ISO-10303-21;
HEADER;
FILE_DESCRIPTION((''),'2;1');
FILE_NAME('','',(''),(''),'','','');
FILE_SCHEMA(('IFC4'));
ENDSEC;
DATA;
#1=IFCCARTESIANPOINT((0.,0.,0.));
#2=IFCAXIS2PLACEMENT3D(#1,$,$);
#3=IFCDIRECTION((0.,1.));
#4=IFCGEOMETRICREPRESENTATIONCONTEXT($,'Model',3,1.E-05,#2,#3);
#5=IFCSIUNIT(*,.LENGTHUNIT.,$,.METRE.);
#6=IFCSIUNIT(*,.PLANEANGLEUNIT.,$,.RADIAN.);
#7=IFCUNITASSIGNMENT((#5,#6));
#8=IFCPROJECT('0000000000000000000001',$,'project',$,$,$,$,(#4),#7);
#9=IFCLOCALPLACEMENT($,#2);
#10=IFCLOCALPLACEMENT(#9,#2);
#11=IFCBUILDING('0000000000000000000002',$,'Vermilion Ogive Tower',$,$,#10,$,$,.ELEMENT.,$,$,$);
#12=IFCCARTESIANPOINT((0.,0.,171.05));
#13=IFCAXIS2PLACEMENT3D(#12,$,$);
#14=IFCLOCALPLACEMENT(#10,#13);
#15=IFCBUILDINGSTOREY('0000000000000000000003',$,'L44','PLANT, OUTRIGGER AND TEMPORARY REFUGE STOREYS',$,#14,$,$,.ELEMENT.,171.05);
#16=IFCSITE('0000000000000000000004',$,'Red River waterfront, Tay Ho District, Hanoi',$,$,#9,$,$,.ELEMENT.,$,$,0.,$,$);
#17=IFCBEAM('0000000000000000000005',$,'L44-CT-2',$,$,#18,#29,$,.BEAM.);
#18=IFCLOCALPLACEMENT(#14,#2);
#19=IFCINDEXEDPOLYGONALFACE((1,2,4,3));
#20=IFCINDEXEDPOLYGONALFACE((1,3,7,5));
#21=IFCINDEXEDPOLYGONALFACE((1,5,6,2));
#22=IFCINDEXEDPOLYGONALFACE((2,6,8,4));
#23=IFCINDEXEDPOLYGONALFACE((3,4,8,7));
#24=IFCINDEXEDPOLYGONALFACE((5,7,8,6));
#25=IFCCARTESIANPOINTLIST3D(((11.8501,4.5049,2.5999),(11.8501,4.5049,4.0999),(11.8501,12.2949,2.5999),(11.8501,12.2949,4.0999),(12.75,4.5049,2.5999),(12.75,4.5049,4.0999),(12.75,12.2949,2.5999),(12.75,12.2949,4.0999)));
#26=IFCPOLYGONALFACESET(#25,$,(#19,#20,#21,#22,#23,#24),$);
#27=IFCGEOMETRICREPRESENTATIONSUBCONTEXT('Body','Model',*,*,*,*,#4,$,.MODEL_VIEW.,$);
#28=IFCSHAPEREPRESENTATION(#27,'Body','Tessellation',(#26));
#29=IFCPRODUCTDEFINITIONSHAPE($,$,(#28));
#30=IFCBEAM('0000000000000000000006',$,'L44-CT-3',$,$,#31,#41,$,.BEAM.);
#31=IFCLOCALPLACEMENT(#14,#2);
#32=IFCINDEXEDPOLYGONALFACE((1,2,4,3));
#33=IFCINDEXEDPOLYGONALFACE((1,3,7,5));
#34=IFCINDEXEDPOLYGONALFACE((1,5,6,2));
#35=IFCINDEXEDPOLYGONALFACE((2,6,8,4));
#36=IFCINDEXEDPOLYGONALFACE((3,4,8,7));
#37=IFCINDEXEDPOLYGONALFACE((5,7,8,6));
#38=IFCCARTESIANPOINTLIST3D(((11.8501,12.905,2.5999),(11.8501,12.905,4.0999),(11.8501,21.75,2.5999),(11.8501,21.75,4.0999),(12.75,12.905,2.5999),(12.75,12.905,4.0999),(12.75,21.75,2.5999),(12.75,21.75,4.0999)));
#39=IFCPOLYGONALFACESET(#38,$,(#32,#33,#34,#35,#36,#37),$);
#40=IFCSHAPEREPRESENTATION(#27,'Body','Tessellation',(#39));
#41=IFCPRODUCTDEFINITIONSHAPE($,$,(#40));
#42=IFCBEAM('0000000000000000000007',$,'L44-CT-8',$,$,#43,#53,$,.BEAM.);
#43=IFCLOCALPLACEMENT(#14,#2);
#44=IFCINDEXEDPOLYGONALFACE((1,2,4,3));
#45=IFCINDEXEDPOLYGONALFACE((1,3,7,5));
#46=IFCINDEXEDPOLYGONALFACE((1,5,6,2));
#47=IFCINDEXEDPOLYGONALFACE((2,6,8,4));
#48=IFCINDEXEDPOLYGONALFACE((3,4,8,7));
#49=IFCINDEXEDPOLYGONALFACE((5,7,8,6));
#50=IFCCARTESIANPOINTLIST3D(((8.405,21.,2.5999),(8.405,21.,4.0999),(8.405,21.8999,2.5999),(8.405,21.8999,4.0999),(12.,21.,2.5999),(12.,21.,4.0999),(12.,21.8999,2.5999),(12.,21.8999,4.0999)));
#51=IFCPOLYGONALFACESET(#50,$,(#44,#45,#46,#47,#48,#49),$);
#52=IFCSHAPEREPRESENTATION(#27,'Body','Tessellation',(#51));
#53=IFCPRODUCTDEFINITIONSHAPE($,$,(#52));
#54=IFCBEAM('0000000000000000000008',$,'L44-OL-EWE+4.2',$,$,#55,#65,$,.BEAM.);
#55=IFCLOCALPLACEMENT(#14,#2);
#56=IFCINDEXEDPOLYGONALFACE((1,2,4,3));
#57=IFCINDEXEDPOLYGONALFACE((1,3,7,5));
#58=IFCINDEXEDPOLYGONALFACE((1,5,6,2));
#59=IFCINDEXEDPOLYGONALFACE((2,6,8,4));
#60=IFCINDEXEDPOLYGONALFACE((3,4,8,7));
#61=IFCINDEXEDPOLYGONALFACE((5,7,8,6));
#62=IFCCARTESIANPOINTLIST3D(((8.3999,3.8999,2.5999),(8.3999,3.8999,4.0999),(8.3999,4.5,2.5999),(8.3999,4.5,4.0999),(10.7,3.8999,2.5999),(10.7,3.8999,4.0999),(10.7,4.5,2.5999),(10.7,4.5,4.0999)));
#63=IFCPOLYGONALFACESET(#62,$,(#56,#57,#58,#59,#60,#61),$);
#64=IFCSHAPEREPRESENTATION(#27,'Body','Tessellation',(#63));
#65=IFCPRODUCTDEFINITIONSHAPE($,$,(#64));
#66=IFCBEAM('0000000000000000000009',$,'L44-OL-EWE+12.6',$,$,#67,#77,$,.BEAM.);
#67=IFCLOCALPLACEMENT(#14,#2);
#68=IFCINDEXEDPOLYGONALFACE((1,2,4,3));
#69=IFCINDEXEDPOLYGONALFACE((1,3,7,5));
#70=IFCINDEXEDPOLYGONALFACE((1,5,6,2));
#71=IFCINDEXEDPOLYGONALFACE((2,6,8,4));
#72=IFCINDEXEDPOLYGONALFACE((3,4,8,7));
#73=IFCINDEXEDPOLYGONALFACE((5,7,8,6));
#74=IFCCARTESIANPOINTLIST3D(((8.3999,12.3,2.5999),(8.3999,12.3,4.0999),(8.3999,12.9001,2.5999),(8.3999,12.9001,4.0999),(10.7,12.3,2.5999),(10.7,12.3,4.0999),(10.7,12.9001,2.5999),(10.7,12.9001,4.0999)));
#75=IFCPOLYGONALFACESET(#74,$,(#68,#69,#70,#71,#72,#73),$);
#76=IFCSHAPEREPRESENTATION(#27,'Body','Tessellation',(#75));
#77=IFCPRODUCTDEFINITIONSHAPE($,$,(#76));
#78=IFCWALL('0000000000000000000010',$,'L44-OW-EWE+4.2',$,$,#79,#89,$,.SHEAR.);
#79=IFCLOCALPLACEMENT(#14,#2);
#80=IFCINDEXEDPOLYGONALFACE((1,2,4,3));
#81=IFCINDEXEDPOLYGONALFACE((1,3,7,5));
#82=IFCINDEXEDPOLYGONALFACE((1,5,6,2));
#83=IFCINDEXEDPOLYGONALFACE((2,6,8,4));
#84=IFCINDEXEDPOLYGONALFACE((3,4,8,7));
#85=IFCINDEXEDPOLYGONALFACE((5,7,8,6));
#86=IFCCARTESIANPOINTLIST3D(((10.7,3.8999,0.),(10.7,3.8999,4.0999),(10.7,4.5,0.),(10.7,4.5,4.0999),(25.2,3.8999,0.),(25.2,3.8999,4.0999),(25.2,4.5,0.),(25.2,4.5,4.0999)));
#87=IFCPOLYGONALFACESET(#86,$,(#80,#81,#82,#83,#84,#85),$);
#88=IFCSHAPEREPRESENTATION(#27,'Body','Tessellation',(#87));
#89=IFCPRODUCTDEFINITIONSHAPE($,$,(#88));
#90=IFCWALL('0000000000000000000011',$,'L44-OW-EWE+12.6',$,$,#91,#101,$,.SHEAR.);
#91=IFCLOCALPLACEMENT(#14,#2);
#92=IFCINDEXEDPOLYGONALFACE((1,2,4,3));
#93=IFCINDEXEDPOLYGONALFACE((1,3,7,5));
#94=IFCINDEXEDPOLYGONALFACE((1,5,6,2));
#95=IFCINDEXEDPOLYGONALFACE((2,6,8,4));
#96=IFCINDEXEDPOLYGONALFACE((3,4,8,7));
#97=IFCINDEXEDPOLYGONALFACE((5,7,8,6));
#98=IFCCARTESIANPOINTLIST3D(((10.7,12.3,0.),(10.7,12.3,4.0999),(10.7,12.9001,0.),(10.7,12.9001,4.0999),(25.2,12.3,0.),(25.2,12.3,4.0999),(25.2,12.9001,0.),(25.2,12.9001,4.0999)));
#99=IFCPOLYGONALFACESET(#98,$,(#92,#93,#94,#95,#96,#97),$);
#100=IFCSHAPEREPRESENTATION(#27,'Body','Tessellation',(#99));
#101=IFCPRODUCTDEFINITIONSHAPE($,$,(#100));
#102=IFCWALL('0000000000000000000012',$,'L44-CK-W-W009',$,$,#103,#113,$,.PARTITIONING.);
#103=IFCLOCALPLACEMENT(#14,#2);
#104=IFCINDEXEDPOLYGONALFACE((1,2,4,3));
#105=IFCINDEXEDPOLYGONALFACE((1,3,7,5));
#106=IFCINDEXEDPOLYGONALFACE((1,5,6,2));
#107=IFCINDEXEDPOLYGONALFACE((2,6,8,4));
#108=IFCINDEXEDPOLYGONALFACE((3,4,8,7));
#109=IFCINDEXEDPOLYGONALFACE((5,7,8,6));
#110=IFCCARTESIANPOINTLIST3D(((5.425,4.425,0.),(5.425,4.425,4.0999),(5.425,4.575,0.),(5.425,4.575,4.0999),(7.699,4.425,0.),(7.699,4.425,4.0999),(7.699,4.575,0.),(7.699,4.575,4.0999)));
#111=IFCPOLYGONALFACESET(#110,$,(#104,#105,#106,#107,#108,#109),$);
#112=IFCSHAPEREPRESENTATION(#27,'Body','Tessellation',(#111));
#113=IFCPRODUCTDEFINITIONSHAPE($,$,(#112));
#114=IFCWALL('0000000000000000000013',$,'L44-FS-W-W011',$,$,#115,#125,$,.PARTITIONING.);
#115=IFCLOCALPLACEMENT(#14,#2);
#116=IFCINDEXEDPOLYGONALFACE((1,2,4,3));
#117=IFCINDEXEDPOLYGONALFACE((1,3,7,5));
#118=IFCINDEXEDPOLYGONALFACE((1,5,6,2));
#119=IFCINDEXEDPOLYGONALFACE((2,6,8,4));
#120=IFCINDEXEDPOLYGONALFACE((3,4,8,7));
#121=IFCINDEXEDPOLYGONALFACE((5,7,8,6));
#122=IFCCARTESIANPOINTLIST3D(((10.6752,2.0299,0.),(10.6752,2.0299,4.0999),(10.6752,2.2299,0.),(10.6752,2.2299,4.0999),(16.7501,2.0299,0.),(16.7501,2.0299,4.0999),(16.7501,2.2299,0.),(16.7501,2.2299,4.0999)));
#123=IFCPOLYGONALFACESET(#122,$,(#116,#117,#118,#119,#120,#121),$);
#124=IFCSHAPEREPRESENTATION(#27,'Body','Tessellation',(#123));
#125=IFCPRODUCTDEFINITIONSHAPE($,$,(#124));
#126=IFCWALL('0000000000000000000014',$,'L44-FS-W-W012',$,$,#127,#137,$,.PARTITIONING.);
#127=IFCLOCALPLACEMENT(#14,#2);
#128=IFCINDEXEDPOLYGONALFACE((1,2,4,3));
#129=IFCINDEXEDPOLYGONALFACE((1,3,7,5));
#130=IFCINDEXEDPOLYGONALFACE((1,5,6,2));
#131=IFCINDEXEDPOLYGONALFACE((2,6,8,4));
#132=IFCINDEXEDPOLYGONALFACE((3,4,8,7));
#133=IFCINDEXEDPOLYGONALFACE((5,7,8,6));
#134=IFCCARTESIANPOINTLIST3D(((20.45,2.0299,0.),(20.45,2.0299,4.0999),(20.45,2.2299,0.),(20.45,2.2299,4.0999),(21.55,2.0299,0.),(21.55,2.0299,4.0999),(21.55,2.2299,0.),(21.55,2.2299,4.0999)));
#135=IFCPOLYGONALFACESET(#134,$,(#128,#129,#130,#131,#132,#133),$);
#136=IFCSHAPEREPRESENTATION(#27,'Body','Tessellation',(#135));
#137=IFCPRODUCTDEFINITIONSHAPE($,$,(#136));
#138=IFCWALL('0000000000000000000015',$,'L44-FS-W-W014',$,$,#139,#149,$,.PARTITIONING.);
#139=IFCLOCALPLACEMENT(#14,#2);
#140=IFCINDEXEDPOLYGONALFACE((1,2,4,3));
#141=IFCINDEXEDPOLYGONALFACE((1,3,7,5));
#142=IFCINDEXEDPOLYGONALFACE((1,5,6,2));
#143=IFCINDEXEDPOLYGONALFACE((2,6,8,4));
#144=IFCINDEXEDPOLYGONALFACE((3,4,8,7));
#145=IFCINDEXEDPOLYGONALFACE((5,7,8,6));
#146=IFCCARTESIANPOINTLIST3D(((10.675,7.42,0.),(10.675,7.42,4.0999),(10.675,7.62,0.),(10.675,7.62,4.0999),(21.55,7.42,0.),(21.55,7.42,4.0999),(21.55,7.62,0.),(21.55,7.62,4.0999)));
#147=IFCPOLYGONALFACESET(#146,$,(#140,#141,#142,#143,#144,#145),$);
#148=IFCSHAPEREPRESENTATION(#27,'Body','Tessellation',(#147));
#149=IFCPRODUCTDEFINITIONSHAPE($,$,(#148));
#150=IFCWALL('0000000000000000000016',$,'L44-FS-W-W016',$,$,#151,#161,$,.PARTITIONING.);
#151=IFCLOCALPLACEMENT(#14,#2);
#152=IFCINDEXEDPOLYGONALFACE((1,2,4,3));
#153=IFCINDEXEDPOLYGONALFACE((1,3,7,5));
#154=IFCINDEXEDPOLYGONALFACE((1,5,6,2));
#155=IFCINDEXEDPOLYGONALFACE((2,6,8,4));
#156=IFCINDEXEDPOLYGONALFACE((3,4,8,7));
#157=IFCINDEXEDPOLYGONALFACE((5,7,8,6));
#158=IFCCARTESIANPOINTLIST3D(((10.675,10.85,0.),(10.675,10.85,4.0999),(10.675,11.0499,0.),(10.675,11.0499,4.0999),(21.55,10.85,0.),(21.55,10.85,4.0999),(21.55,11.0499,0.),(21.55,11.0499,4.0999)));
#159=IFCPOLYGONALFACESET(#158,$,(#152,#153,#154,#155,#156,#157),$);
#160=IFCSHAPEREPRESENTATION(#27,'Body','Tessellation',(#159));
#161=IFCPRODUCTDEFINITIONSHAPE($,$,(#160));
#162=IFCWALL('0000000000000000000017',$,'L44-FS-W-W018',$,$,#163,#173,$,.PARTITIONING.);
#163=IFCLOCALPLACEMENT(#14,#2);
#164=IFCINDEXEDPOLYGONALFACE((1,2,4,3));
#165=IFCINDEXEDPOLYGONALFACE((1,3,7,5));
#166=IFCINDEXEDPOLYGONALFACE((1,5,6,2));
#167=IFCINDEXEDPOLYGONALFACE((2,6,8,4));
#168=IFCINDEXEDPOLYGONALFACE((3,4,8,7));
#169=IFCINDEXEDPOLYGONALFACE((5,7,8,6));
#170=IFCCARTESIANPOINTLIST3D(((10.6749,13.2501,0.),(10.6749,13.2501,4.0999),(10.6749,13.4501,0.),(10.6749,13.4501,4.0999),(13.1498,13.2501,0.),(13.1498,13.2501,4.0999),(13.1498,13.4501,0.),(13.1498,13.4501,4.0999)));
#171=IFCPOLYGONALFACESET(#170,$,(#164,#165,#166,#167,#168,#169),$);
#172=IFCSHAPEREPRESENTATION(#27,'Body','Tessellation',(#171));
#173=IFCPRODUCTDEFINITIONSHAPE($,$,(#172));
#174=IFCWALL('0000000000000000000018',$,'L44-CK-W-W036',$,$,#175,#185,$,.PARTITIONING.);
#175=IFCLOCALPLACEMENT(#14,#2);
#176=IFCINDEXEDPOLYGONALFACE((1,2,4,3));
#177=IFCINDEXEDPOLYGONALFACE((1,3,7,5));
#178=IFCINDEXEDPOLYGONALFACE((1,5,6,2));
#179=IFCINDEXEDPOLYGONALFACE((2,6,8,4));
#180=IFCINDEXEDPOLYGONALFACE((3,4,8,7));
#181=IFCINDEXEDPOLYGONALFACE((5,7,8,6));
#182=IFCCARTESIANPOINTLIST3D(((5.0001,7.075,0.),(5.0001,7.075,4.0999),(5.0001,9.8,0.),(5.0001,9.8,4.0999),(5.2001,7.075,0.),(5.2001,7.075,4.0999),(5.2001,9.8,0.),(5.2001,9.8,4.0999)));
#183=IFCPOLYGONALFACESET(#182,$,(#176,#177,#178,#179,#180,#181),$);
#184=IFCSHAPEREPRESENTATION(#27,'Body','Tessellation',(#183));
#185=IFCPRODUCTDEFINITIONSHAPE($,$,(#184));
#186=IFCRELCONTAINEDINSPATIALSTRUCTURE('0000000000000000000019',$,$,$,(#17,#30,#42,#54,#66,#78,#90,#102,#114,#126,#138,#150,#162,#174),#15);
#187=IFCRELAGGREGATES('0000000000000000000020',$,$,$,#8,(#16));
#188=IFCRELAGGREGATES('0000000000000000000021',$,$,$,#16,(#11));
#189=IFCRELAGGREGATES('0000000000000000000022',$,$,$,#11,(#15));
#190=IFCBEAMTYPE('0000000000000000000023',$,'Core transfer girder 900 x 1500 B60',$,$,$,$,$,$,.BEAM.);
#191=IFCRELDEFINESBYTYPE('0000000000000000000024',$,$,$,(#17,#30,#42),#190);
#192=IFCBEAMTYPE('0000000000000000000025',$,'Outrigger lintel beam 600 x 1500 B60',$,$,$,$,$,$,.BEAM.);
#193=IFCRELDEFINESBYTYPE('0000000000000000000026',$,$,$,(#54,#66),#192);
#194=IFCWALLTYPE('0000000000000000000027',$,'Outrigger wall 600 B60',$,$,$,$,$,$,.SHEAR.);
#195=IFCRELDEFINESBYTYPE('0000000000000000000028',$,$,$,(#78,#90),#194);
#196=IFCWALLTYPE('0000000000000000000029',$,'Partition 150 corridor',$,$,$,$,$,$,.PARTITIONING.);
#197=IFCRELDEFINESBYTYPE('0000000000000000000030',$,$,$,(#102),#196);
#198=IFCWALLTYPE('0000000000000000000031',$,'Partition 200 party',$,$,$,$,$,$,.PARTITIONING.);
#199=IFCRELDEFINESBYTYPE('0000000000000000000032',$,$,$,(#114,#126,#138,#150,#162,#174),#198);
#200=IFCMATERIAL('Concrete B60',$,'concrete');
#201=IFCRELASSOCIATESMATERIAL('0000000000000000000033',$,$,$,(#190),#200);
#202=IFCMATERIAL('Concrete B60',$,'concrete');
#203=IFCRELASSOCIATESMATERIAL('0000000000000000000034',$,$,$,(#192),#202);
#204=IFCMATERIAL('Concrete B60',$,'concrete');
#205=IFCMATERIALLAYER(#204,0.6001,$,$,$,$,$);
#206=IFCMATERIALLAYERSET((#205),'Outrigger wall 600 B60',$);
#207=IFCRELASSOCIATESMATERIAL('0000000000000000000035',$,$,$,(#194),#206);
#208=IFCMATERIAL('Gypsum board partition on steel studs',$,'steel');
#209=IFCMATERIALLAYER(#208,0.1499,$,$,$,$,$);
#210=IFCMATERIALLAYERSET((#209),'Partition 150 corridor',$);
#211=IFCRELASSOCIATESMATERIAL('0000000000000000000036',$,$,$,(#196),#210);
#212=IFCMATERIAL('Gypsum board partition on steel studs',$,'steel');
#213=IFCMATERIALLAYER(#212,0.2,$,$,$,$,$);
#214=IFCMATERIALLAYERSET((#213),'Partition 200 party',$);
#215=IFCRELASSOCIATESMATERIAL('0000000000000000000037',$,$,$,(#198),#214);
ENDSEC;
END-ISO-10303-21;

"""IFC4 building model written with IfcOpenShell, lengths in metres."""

from ifc_helpers import new_model, si_unit, direction, frame, frame_2d, origin, origin_2d, place, context, subcontext, project, spatial, rectangle, extrude, material, layer, layer_set, material_profile, profile_set, type_object, element, save


model = new_model("IFC4")

# Units and contexts
model_context = context("Model", 3, precision=1e-05, world=origin(), true_north=direction((0.0, 1.0)))
body_context = subcontext(model_context, "Body", "Model", "MODEL_VIEW")
ifc_project = project(units=[si_unit("LENGTHUNIT", "METRE"), si_unit("PLANEANGLEUNIT", "RADIAN")], contexts=[model_context])

# Site, building, storey
site_placement = place(None, origin())
site = spatial("IfcSite", under=ifc_project, at=site_placement, Name="Red River waterfront, Tay Ho District, Hanoi", CompositionType="ELEMENT", RefElevation=0.0)
building_placement = place(site_placement, origin())
building = spatial("IfcBuilding", under=site, at=building_placement, Name="Vermilion Ogive Tower", CompositionType="ELEMENT")
storey_placement = place(building_placement, frame((0.0, 0.0, 171.05)))
storey = spatial("IfcBuildingStorey", under=building, at=storey_placement, Name="L44", Description="PLANT, OUTRIGGER AND TEMPORARY REFUGE STOREYS", CompositionType="ELEMENT", Elevation=171.05)

# Beams
ifc_material_1 = material(Name="Concrete B60", Category="concrete")
ifc_material_profile_1 = material_profile(ifc_material_1, rectangle(XDim=0.8999, YDim=1.5, at=origin_2d()), Name="900 x 1500")
ifc_profile_set_1 = profile_set([ifc_material_profile_1], Name="Concrete B60")
beam_type_1 = type_object("IfcBeamType", Name="Core transfer girder 900 x 1500 B60", PredefinedType="BEAM", material=ifc_profile_set_1)
beam_1_placement = place(storey_placement, frame((12.3, 4.5049, 3.3499), z_axis=(0.0, 1.0, 0.0), x_axis=(-1.0, 0.0, 0.0)))
element("IfcBeam", 1, at=beam_1_placement, inside=storey, type_object=beam_type_1, Name="L44-CT-2", PredefinedType="BEAM", context=body_context, shape_type="SweptSolid", body=[
    extrude(rectangle(XDim=0.8999, YDim=1.5, at=origin_2d()), origin(), (0.0, 0.0, 1.0), 7.79),
])
beam_2_placement = place(storey_placement, frame((12.3, 12.905, 3.3499), z_axis=(0.0, 1.0, 0.0), x_axis=(-1.0, 0.0, 0.0)))
element("IfcBeam", 2, at=beam_2_placement, inside=storey, type_object=beam_type_1, Name="L44-CT-3", PredefinedType="BEAM", context=body_context, shape_type="SweptSolid", body=[
    extrude(rectangle(XDim=0.8999, YDim=1.5, at=origin_2d()), origin(), (0.0, 0.0, 1.0), 8.845),
])
beam_3_placement = place(storey_placement, frame((8.405, 21.45, 3.3499), z_axis=(1.0, 0.0, 0.0), x_axis=(0.0, 1.0, 0.0)))
element("IfcBeam", 3, at=beam_3_placement, inside=storey, type_object=beam_type_1, Name="L44-CT-8", PredefinedType="BEAM", context=body_context, shape_type="SweptSolid", body=[
    extrude(rectangle(XDim=0.8999, YDim=1.5, at=origin_2d()), origin(), (0.0, 0.0, 1.0), 3.595),
])
ifc_material_2 = material(Name="Concrete B60", Category="concrete")
ifc_material_profile_2 = material_profile(ifc_material_2, rectangle(XDim=0.6001, YDim=1.5, at=origin_2d()), Name="600 x 1500")
ifc_profile_set_2 = profile_set([ifc_material_profile_2], Name="Concrete B60")
beam_type_2 = type_object("IfcBeamType", Name="Outrigger lintel beam 600 x 1500 B60", PredefinedType="BEAM", material=ifc_profile_set_2)
for number, where, z_axis, x_axis, name in (
    (4, (8.3999, 4.2, 3.3499), (1.0, 0.0, 0.0), (0.0, 1.0, 0.0), "L44-OL-EWE+4.2"),
    (5, (8.3999, 12.6001, 3.3499), (1.0, 0.0, 0.0), (0.0, 1.0, 0.0), "L44-OL-EWE+12.6"),
):
    element("IfcBeam", number, at=place(storey_placement, frame(where, z_axis=z_axis, x_axis=x_axis)), inside=storey, type_object=beam_type_2, Name=name, PredefinedType="BEAM", context=body_context, shape_type="SweptSolid", body=[
        extrude(rectangle(XDim=0.6001, YDim=1.5, at=origin_2d()), origin(), (0.0, 0.0, 1.0), 2.3),
    ])

# Walls
ifc_material_3 = material(Name="Concrete B60", Category="concrete")
ifc_layer_1 = layer(ifc_material_3, 0.6001)
ifc_layer_set_1 = layer_set([ifc_layer_1], Name="Outrigger wall 600 B60")
wall_type_1 = type_object("IfcWallType", Name="Outrigger wall 600 B60", PredefinedType="SHEAR", material=ifc_layer_set_1)
for number, where, z_axis, x_axis, name in (
    (6, (10.7, 4.2, 0.0), (0.0, 0.0, 1.0), (1.0, 0.0, 0.0), "L44-OW-EWE+4.2"),
    (7, (10.7, 12.6001, 0.0), (0.0, 0.0, 1.0), (1.0, 0.0, 0.0), "L44-OW-EWE+12.6"),
):
    element("IfcWall", number, at=place(storey_placement, frame(where, z_axis=z_axis, x_axis=x_axis)), inside=storey, type_object=wall_type_1, Name=name, PredefinedType="SHEAR", context=body_context, shape_type="SweptSolid", body=[
        extrude(rectangle(XDim=14.5, YDim=0.6001, at=frame_2d((7.25, 0.0))), origin(), (0.0, 0.0, 1.0), 4.0999),
    ])
ifc_material_4 = material(Name="Gypsum board partition on steel studs", Category="steel")
ifc_layer_2 = layer(ifc_material_4, 0.1499)
ifc_layer_set_2 = layer_set([ifc_layer_2], Name="Partition 150 corridor")
wall_type_2 = type_object("IfcWallType", Name="Partition 150 corridor", PredefinedType="PARTITIONING", material=ifc_layer_set_2)
wall_1_placement = place(storey_placement, frame((5.425, 4.5, 0.0), z_axis=(0.0, 0.0, 1.0), x_axis=(1.0, 0.0, 0.0)))
element("IfcWall", 8, at=wall_1_placement, inside=storey, type_object=wall_type_2, Name="L44-CK-W-W009", PredefinedType="PARTITIONING", context=body_context, shape_type="SweptSolid", body=[
    extrude(rectangle(XDim=2.2739, YDim=0.1499, at=frame_2d((1.137, 0.0))), origin(), (0.0, 0.0, 1.0), 4.0999),
])
ifc_material_5 = material(Name="Gypsum board partition on steel studs", Category="steel")
ifc_layer_3 = layer(ifc_material_5, 0.2)
ifc_layer_set_3 = layer_set([ifc_layer_3], Name="Partition 200 party")
wall_type_3 = type_object("IfcWallType", Name="Partition 200 party", PredefinedType="PARTITIONING", material=ifc_layer_set_3)
wall_2_placement = place(storey_placement, frame((10.675, 2.1299, 0.0), z_axis=(0.0, 0.0, 1.0), x_axis=(1.0, 0.0, 0.0)))
element("IfcWall", 9, at=wall_2_placement, inside=storey, type_object=wall_type_3, Name="L44-FS-W-W011", PredefinedType="PARTITIONING", context=body_context, shape_type="SweptSolid", body=[
    extrude(rectangle(XDim=6.075, YDim=0.2, at=frame_2d((3.0376, 0.0))), origin(), (0.0, 0.0, 1.0), 4.0999),
])
wall_3_placement = place(storey_placement, frame((20.45, 2.1299, 0.0), z_axis=(0.0, 0.0, 1.0), x_axis=(1.0, 0.0, 0.0)))
element("IfcWall", 10, at=wall_3_placement, inside=storey, type_object=wall_type_3, Name="L44-FS-W-W012", PredefinedType="PARTITIONING", context=body_context, shape_type="SweptSolid", body=[
    extrude(rectangle(XDim=1.1001, YDim=0.2, at=frame_2d((0.55, 0.0))), origin(), (0.0, 0.0, 1.0), 4.0999),
])
for number, where, z_axis, x_axis, name in (
    (11, (10.675, 7.52, 0.0), (0.0, 0.0, 1.0), (1.0, 0.0, 0.0), "L44-FS-W-W014"),
    (12, (10.675, 10.95, 0.0), (0.0, 0.0, 1.0), (1.0, 0.0, 0.0), "L44-FS-W-W016"),
):
    element("IfcWall", number, at=place(storey_placement, frame(where, z_axis=z_axis, x_axis=x_axis)), inside=storey, type_object=wall_type_3, Name=name, PredefinedType="PARTITIONING", context=body_context, shape_type="SweptSolid", body=[
        extrude(rectangle(XDim=10.875, YDim=0.2, at=frame_2d((5.4375, 0.0))), origin(), (0.0, 0.0, 1.0), 4.0999),
    ])
wall_4_placement = place(storey_placement, frame((10.675, 13.3501, 0.0), z_axis=(0.0, 0.0, 1.0), x_axis=(1.0, 0.0, 0.0)))
element("IfcWall", 13, at=wall_4_placement, inside=storey, type_object=wall_type_3, Name="L44-FS-W-W018", PredefinedType="PARTITIONING", context=body_context, shape_type="SweptSolid", body=[
    extrude(rectangle(XDim=2.4749, YDim=0.2, at=frame_2d((1.2373, 0.0))), origin(), (0.0, 0.0, 1.0), 4.0999),
])
wall_5_placement = place(storey_placement, frame((5.1001, 7.075, 0.0), z_axis=(0.0, 0.0, 1.0), x_axis=(0.0, 1.0, 0.0)))
element("IfcWall", 14, at=wall_5_placement, inside=storey, type_object=wall_type_3, Name="L44-CK-W-W036", PredefinedType="PARTITIONING", context=body_context, shape_type="SweptSolid", body=[
    extrude(rectangle(XDim=2.7251, YDim=0.2, at=frame_2d((1.3625, 0.0))), origin(), (0.0, 0.0, 1.0), 4.0999),
])

save(model, "model.ifc")
